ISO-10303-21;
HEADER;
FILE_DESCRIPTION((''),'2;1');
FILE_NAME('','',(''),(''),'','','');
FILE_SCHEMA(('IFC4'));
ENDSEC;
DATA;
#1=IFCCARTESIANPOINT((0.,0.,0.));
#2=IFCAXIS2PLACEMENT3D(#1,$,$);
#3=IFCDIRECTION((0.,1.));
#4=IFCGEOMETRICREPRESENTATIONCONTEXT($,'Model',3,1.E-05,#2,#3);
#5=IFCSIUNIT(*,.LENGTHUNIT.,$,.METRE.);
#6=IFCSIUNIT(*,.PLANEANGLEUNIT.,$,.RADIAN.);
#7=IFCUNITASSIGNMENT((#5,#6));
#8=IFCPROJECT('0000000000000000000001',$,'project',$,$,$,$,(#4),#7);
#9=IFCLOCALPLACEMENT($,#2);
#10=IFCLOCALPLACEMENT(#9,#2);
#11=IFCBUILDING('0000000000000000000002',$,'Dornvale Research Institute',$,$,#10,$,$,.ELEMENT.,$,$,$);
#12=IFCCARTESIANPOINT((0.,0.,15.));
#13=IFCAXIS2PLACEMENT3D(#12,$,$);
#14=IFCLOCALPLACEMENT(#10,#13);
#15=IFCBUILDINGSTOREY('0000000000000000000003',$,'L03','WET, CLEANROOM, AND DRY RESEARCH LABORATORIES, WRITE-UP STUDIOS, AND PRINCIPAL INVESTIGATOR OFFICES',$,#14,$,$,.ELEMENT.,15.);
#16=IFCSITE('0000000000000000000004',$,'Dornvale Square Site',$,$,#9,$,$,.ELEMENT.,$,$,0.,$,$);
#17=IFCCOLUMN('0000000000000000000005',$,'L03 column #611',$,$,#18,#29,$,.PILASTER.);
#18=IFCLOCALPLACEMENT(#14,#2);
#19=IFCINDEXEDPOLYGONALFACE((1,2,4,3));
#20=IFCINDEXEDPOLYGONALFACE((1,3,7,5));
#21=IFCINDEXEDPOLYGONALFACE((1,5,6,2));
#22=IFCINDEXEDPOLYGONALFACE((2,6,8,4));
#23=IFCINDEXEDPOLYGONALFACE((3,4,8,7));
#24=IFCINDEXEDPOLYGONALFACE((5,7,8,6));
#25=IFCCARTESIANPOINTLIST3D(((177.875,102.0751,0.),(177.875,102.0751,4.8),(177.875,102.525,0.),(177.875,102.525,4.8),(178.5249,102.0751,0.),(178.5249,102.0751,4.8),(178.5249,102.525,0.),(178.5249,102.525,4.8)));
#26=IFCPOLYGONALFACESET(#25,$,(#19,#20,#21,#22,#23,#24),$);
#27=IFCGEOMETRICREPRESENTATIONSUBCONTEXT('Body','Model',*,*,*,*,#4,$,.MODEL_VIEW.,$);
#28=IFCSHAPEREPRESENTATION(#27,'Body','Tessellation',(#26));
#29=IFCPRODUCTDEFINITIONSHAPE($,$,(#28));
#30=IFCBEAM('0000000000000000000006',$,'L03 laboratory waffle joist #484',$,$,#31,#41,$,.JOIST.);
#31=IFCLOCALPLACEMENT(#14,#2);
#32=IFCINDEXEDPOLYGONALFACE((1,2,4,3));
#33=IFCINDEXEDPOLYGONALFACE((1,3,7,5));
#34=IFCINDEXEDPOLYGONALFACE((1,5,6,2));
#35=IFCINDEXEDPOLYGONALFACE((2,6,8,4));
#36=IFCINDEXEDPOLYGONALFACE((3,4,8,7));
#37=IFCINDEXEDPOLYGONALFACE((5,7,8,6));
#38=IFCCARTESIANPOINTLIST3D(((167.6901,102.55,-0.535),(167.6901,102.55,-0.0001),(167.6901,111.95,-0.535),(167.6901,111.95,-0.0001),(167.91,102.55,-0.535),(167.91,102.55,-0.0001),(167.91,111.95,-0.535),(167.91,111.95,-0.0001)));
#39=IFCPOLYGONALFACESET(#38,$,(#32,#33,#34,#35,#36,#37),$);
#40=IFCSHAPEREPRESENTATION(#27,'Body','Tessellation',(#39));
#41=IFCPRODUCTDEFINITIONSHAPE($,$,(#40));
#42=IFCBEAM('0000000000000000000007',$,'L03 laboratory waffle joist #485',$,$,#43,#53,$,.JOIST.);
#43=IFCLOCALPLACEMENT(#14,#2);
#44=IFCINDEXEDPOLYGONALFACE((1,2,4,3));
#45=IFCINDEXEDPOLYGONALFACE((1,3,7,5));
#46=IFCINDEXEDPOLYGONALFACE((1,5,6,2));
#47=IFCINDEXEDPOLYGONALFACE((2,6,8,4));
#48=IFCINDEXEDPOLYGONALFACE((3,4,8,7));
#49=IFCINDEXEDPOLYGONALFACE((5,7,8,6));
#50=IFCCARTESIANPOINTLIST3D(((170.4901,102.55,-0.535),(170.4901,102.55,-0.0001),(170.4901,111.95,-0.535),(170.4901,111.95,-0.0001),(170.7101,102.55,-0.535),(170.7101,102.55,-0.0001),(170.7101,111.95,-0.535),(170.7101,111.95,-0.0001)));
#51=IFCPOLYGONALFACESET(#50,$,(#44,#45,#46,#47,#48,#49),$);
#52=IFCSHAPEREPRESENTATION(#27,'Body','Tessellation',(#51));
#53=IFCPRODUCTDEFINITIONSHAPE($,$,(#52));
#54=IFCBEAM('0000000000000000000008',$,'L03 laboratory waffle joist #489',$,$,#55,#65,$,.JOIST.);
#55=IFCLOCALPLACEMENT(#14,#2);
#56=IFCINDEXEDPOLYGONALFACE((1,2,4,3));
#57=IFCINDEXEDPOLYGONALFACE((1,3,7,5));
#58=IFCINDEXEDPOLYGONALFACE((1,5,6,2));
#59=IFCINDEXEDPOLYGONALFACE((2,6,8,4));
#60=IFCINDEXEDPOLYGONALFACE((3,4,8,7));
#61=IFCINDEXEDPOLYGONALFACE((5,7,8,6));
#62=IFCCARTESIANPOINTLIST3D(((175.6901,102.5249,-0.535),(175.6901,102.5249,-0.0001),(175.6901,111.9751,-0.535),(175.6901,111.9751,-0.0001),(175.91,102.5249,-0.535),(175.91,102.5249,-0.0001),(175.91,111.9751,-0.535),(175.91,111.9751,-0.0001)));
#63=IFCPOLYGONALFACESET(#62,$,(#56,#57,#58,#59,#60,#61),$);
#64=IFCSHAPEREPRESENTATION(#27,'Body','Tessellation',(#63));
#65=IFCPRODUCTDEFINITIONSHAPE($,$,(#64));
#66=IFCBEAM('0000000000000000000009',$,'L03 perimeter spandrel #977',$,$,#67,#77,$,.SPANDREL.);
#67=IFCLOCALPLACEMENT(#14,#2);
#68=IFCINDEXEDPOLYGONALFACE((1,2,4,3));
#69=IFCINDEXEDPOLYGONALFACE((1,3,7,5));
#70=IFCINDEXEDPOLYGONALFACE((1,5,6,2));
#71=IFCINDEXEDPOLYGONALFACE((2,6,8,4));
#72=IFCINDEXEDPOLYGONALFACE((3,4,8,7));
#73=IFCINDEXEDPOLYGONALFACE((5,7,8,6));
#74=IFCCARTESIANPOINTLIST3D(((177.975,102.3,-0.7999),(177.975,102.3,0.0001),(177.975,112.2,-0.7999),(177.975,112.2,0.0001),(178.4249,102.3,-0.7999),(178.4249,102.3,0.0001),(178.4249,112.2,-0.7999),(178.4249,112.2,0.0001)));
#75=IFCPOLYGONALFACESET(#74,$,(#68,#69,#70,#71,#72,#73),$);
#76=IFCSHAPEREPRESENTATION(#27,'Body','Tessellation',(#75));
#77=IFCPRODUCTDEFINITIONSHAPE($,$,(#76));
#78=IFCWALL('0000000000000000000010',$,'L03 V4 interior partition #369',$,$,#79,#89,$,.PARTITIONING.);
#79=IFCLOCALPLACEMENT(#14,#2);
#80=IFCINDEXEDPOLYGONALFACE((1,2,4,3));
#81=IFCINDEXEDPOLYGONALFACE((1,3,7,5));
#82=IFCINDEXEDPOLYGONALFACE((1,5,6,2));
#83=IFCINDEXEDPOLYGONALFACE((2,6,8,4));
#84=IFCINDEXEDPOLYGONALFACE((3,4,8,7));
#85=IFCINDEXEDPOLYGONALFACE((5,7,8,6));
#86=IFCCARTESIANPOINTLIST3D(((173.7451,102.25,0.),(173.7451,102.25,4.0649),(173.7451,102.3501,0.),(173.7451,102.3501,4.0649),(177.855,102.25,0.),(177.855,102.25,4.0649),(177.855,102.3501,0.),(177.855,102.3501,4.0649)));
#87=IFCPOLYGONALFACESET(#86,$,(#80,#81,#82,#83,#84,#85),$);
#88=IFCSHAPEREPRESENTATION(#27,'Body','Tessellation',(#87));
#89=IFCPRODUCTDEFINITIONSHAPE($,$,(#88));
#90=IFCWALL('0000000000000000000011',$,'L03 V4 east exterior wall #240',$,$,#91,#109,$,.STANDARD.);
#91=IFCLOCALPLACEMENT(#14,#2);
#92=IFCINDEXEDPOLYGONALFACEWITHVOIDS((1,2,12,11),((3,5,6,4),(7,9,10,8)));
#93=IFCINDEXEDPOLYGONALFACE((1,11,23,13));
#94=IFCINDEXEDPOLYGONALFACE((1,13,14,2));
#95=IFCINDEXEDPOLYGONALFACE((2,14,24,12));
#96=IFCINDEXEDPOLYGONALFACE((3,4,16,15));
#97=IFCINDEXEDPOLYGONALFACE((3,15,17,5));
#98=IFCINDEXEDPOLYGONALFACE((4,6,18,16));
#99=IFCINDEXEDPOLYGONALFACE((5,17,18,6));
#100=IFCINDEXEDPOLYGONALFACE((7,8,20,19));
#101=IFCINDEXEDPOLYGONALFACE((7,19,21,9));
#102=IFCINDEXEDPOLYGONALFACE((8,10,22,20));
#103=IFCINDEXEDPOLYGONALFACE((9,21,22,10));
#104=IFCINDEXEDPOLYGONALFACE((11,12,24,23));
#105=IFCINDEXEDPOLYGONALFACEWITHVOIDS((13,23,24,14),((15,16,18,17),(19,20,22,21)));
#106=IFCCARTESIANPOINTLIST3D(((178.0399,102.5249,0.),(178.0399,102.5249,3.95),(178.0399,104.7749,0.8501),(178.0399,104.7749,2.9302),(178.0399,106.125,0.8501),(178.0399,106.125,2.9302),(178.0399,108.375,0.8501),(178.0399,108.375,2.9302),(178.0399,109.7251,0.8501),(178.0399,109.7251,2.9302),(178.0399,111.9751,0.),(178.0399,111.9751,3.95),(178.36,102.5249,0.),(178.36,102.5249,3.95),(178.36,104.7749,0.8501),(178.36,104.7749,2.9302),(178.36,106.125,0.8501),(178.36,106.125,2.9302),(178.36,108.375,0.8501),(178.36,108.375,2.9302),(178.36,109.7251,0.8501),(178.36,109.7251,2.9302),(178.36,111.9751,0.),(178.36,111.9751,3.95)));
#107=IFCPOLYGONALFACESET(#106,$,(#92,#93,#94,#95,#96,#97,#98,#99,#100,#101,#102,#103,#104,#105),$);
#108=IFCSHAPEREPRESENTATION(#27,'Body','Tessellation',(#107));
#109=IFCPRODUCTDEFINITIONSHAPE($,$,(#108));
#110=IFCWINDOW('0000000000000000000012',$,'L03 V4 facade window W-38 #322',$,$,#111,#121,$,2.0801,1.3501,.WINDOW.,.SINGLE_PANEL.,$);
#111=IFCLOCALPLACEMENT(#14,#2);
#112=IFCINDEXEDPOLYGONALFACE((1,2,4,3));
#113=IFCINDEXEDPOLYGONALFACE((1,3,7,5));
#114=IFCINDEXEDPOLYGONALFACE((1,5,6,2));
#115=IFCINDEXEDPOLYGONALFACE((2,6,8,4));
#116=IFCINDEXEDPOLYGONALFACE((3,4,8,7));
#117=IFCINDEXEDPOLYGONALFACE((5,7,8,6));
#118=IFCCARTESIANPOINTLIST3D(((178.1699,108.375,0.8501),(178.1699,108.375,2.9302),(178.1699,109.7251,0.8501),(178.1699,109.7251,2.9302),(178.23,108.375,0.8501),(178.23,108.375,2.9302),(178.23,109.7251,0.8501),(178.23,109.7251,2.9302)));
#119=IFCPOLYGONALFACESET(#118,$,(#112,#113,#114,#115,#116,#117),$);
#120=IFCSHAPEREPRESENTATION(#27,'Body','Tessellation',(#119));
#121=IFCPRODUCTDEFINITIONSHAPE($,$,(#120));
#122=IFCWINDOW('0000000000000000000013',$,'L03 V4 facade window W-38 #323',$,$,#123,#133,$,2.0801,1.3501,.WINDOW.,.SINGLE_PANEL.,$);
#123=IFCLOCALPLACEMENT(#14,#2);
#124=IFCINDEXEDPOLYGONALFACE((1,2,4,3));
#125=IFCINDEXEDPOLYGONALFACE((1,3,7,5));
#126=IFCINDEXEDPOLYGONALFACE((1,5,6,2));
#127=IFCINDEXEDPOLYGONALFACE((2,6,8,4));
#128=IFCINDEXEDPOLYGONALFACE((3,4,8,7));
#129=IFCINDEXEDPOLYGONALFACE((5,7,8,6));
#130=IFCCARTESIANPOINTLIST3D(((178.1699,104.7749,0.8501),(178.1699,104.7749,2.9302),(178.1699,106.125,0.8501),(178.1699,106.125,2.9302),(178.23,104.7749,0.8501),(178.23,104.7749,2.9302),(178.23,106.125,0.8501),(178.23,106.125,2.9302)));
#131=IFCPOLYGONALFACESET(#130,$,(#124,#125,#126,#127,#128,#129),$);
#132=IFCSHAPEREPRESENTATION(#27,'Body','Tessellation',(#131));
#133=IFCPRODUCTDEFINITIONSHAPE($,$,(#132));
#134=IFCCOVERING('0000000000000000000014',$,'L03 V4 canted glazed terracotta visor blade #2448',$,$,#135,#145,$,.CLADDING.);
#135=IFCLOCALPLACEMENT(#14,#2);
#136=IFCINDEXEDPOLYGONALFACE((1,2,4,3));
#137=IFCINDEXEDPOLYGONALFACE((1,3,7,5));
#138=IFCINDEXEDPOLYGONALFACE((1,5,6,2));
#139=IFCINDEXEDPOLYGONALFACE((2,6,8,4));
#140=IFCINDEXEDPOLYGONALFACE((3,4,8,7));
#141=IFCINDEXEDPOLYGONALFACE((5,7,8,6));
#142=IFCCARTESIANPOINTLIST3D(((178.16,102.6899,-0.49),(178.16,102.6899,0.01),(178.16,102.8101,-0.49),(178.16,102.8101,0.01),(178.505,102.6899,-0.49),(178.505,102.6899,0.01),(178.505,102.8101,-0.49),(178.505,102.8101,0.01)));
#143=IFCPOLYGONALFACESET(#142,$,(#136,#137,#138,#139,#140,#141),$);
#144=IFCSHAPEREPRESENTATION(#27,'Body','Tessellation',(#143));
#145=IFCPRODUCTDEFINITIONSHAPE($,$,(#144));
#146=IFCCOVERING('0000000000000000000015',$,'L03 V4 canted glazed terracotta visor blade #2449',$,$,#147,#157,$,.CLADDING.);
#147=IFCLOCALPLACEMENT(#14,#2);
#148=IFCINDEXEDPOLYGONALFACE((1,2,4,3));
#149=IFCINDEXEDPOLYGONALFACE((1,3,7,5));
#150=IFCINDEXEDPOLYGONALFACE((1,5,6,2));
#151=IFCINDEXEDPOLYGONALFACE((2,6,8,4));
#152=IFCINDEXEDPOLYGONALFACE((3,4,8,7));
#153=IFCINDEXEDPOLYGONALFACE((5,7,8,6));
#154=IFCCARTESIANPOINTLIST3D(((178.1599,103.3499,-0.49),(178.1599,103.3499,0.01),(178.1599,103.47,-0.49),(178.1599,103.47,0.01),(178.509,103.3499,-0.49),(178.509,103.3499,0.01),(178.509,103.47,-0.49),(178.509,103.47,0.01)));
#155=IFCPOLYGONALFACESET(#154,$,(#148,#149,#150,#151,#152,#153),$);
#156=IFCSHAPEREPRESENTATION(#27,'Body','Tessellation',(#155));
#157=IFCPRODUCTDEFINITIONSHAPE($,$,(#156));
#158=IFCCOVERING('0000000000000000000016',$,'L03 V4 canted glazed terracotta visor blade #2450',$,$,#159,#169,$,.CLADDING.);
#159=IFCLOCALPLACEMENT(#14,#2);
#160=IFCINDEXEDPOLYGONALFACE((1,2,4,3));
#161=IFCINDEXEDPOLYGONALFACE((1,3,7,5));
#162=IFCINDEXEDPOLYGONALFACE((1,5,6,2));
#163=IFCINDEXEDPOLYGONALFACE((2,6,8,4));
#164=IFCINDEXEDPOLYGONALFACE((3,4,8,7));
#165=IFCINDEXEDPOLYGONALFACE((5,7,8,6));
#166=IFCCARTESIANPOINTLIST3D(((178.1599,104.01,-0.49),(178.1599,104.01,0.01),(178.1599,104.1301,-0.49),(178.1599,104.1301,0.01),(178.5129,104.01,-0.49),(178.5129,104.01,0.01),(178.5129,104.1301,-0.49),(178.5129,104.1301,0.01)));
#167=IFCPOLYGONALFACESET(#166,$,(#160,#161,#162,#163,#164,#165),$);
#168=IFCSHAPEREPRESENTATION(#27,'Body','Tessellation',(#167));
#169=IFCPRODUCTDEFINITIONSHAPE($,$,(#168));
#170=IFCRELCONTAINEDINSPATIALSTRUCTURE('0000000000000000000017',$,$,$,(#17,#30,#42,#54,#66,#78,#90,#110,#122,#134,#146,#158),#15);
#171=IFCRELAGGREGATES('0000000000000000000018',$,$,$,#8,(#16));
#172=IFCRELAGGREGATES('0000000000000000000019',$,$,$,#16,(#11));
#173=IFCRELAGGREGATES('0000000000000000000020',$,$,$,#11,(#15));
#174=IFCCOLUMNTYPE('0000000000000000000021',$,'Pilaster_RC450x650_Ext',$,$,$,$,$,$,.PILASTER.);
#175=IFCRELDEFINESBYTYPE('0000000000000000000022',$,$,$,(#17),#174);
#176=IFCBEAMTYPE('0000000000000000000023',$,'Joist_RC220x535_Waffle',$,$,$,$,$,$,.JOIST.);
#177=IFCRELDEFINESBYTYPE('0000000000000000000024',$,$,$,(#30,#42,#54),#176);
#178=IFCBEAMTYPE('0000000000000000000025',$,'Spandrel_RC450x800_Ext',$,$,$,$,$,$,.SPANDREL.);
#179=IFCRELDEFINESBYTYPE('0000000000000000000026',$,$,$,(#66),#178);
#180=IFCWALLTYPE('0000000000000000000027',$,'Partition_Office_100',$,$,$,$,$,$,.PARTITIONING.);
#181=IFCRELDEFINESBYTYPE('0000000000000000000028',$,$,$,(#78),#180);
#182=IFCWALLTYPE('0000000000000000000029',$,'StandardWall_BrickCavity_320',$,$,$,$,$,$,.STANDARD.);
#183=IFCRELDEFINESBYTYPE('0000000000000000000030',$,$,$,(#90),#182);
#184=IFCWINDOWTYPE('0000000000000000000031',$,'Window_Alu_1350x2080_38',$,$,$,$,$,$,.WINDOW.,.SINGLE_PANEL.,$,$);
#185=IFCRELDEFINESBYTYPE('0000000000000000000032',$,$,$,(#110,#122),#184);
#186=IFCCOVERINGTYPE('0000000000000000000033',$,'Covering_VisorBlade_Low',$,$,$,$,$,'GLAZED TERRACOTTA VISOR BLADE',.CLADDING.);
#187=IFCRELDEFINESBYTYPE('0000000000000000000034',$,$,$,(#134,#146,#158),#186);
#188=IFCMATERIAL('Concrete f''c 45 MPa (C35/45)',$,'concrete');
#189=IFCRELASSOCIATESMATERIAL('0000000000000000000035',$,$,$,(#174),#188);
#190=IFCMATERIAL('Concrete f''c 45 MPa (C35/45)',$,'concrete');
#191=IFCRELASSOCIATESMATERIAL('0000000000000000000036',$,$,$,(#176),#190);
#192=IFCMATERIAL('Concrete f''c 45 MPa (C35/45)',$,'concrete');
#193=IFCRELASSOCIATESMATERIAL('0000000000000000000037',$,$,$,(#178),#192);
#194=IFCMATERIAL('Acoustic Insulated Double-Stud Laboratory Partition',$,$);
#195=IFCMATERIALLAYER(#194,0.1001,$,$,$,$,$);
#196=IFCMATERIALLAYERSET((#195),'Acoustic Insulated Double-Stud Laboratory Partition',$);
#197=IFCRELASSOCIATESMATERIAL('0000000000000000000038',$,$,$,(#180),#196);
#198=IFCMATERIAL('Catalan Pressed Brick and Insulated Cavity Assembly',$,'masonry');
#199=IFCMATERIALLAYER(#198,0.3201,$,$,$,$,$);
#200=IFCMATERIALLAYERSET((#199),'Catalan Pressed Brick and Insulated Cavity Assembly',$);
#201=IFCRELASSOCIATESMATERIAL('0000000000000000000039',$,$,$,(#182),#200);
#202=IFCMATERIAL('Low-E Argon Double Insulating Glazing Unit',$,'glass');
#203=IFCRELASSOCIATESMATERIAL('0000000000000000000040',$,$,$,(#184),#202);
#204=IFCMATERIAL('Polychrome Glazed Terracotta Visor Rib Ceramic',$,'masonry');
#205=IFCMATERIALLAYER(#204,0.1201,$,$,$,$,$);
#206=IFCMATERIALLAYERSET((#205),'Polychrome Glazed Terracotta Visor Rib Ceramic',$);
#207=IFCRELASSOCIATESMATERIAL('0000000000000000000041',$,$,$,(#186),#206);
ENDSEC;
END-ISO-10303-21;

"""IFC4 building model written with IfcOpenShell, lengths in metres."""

from ifc_helpers import new_model, si_unit, direction, frame, frame_2d, origin, origin_2d, place, context, subcontext, project, spatial, rectangle, extrude, material, layer, layer_set, material_profile, profile_set, type_object, element, fill, save


model = new_model("IFC4")

# Units and contexts
model_context = context("Model", 3, precision=1e-05, world=origin(), true_north=direction((0.0, 1.0)))
body_context = subcontext(model_context, "Body", "Model", "MODEL_VIEW")
ifc_project = project(units=[si_unit("LENGTHUNIT", "METRE"), si_unit("PLANEANGLEUNIT", "RADIAN")], contexts=[model_context])

# Site, building, storey
site_placement = place(None, origin())
site = spatial("IfcSite", under=ifc_project, at=site_placement, Name="Dornvale Square Site", CompositionType="ELEMENT", RefElevation=0.0)
building_placement = place(site_placement, origin())
building = spatial("IfcBuilding", under=site, at=building_placement, Name="Dornvale Research Institute", CompositionType="ELEMENT")
storey_placement = place(building_placement, frame((0.0, 0.0, 15.0)))
storey = spatial("IfcBuildingStorey", under=building, at=storey_placement, Name="L03", Description="WET, CLEANROOM, AND DRY RESEARCH LABORATORIES, WRITE-UP STUDIOS, AND PRINCIPAL INVESTIGATOR OFFICES", CompositionType="ELEMENT", Elevation=15.0)

# Column
ifc_material_1 = material(Name="Concrete f'c 45 MPa (C35/45)", Category="concrete")
ifc_material_profile_1 = material_profile(ifc_material_1, rectangle(XDim=0.45, YDim=0.6499, at=origin_2d()), Name="RC 450x650")
ifc_profile_set_1 = profile_set([ifc_material_profile_1], Name="Concrete f'c 45 MPa (C35/45)")
column_type = type_object("IfcColumnType", Name="Pilaster_RC450x650_Ext", PredefinedType="PILASTER", material=ifc_profile_set_1)
column_placement = place(storey_placement, frame((178.2, 102.3, 0.0), z_axis=(0.0, 0.0, 1.0), x_axis=(0.0, 1.0, 0.0)))
element("IfcColumn", 1, at=column_placement, inside=storey, type_object=column_type, Name="L03 column #611", PredefinedType="PILASTER", context=body_context, shape_type="SweptSolid", body=[
    extrude(rectangle(XDim=0.45, YDim=0.6499, at=origin_2d()), origin(), (0.0, 0.0, 1.0), 4.8),
])

# Beams
ifc_material_2 = material(Name="Concrete f'c 45 MPa (C35/45)", Category="concrete")
ifc_material_profile_2 = material_profile(ifc_material_2, rectangle(XDim=0.22, YDim=0.5349, at=origin_2d()), Name="RC 220x535")
ifc_profile_set_2 = profile_set([ifc_material_profile_2], Name="Concrete f'c 45 MPa (C35/45)")
beam_type_1 = type_object("IfcBeamType", Name="Joist_RC220x535_Waffle", PredefinedType="JOIST", material=ifc_profile_set_2)
for number, where, z_axis, x_axis, name in (
    (2, (167.8, 102.55, -0.2676), (0.0, 1.0, 0.0), (-1.0, 0.0, 0.0), "L03 laboratory waffle joist #484"),
    (3, (170.6001, 102.55, -0.2676), (0.0, 1.0, 0.0), (-1.0, 0.0, 0.0), "L03 laboratory waffle joist #485"),
):
    element("IfcBeam", number, at=place(storey_placement, frame(where, z_axis=z_axis, x_axis=x_axis)), inside=storey, type_object=beam_type_1, Name=name, PredefinedType="JOIST", context=body_context, shape_type="SweptSolid", body=[
        extrude(rectangle(XDim=0.22, YDim=0.5349, at=origin_2d()), origin(), (0.0, 0.0, 1.0), 9.3999),
    ])
beam_1_placement = place(storey_placement, frame((175.8, 102.5249, -0.2676), z_axis=(0.0, 1.0, 0.0), x_axis=(-1.0, 0.0, 0.0)))
element("IfcBeam", 4, at=beam_1_placement, inside=storey, type_object=beam_type_1, Name="L03 laboratory waffle joist #489", PredefinedType="JOIST", context=body_context, shape_type="SweptSolid", body=[
    extrude(rectangle(XDim=0.22, YDim=0.5349, at=origin_2d()), origin(), (0.0, 0.0, 1.0), 9.4502),
])
ifc_material_3 = material(Name="Concrete f'c 45 MPa (C35/45)", Category="concrete")
ifc_material_profile_3 = material_profile(ifc_material_3, rectangle(XDim=0.45, YDim=0.8, at=origin_2d()), Name="RC 450x800")
ifc_profile_set_3 = profile_set([ifc_material_profile_3], Name="Concrete f'c 45 MPa (C35/45)")
beam_type_2 = type_object("IfcBeamType", Name="Spandrel_RC450x800_Ext", PredefinedType="SPANDREL", material=ifc_profile_set_3)
beam_2_placement = place(storey_placement, frame((178.2, 102.3, -0.3999), z_axis=(0.0, 1.0, 0.0), x_axis=(-1.0, 0.0, 0.0)))
element("IfcBeam", 5, at=beam_2_placement, inside=storey, type_object=beam_type_2, Name="L03 perimeter spandrel #977", PredefinedType="SPANDREL", context=body_context, shape_type="SweptSolid", body=[
    extrude(rectangle(XDim=0.45, YDim=0.8, at=origin_2d()), origin(), (0.0, 0.0, 1.0), 9.8999),
])

# Wall
ifc_material_4 = material(Name="Acoustic Insulated Double-Stud Laboratory Partition")
ifc_layer_1 = layer(ifc_material_4, 0.1001)
ifc_layer_set_1 = layer_set([ifc_layer_1], Name="Acoustic Insulated Double-Stud Laboratory Partition")
wall_type_1 = type_object("IfcWallType", Name="Partition_Office_100", PredefinedType="PARTITIONING", material=ifc_layer_set_1)
wall_1_placement = place(storey_placement, frame((173.7451, 102.3, 0.0), z_axis=(0.0, 0.0, 1.0), x_axis=(1.0, 0.0, 0.0)))
element("IfcWall", 6, at=wall_1_placement, inside=storey, type_object=wall_type_1, Name="L03 V4 interior partition #369", PredefinedType="PARTITIONING", context=body_context, shape_type="SweptSolid", body=[
    extrude(rectangle(XDim=4.1099, YDim=0.1001, at=frame_2d((2.0549, 0.0))), origin(), (0.0, 0.0, 1.0), 4.0649),
])

# Wall, openings, windows
ifc_material_5 = material(Name="Catalan Pressed Brick and Insulated Cavity Assembly", Category="masonry")
ifc_layer_2 = layer(ifc_material_5, 0.3201)
ifc_layer_set_2 = layer_set([ifc_layer_2], Name="Catalan Pressed Brick and Insulated Cavity Assembly")
wall_type_2 = type_object("IfcWallType", Name="StandardWall_BrickCavity_320", PredefinedType="STANDARD", material=ifc_layer_set_2)
wall_2_placement = place(storey_placement, frame((178.2, 111.9751, 0.0), z_axis=(0.0, 0.0, 1.0), x_axis=(0.0, -1.0, 0.0)))
wall_2 = element("IfcWall", 7, at=wall_2_placement, inside=storey, type_object=wall_type_2, Name="L03 V4 east exterior wall #240", PredefinedType="STANDARD", context=body_context, shape_type="SweptSolid", body=[
    extrude(rectangle(XDim=9.4502, YDim=0.3201, at=frame_2d((4.7251, 0.0))), origin(), (0.0, 0.0, 1.0), 3.95),
])
opening_1_placement = place(wall_2_placement, frame((2.25, 0.0, 0.8501)))
opening_1 = element("IfcOpeningElement", 8, at=opening_1_placement, cuts=wall_2, PredefinedType="OPENING", context=body_context, shape_type="SweptSolid", body=[
    extrude(rectangle(XDim=1.3501, YDim=2.0801, at=frame_2d((0.675, 1.04))), frame((0.0, 0.175, 0.0), z_axis=(0.0, -1.0, 0.0), x_axis=(1.0, 0.0, 0.0)), (0.0, 0.0, 1.0), 0.3501),
])
opening_2_placement = place(wall_2_placement, frame((5.8501, 0.0, 0.8501)))
opening_2 = element("IfcOpeningElement", 9, at=opening_2_placement, cuts=wall_2, PredefinedType="OPENING", context=body_context, shape_type="SweptSolid", body=[
    extrude(rectangle(XDim=1.3501, YDim=2.0801, at=frame_2d((0.675, 1.04))), frame((0.0, 0.175, 0.0), z_axis=(0.0, -1.0, 0.0), x_axis=(1.0, 0.0, 0.0)), (0.0, 0.0, 1.0), 0.3501),
])
ifc_material_6 = material(Name="Low-E Argon Double Insulating Glazing Unit", Category="glass")
window_type = type_object("IfcWindowType", Name="Window_Alu_1350x2080_38", PartitioningType="SINGLE_PANEL", PredefinedType="WINDOW", material=ifc_material_6)
window_1_placement = place(opening_1_placement, origin())
window_1 = element("IfcWindow", 10, at=window_1_placement, inside=storey, type_object=window_type, Name="L03 V4 facade window W-38 #322", OverallHeight=2.0801, OverallWidth=1.3501, PartitioningType="SINGLE_PANEL", PredefinedType="WINDOW", context=body_context, shape_type="SweptSolid", body=[
    extrude(rectangle(XDim=1.3501, YDim=2.0801, at=frame_2d((0.675, 1.04))), frame((0.0, 0.03, 0.0), z_axis=(0.0, -1.0, 0.0), x_axis=(1.0, 0.0, 0.0)), (0.0, 0.0, 1.0), 0.0601),
])
fill(opening_1, window_1)
window_2_placement = place(opening_2_placement, origin())
window_2 = element("IfcWindow", 11, at=window_2_placement, inside=storey, type_object=window_type, Name="L03 V4 facade window W-38 #323", OverallHeight=2.0801, OverallWidth=1.3501, PartitioningType="SINGLE_PANEL", PredefinedType="WINDOW", context=body_context, shape_type="SweptSolid", body=[
    extrude(rectangle(XDim=1.3501, YDim=2.0801, at=frame_2d((0.675, 1.04))), frame((0.0, 0.03, 0.0), z_axis=(0.0, -1.0, 0.0), x_axis=(1.0, 0.0, 0.0)), (0.0, 0.0, 1.0), 0.0601),
])
fill(opening_2, window_2)

# Coverings
ifc_material_7 = material(Name="Polychrome Glazed Terracotta Visor Rib Ceramic", Category="masonry")
ifc_layer_3 = layer(ifc_material_7, 0.1201)
ifc_layer_set_3 = layer_set([ifc_layer_3], Name="Polychrome Glazed Terracotta Visor Rib Ceramic")
covering_type = type_object("IfcCoveringType", Name="Covering_VisorBlade_Low", ElementType="GLAZED TERRACOTTA VISOR BLADE", PredefinedType="CLADDING", material=ifc_layer_set_3)
covering_1_placement = place(storey_placement, frame((178.3325, 102.75, -0.49), z_axis=(0.0, 0.0, 1.0), x_axis=(1.0, 0.0, 0.0)))
element("IfcCovering", 12, at=covering_1_placement, inside=storey, type_object=covering_type, Name="L03 V4 canted glazed terracotta visor blade #2448", PredefinedType="CLADDING", context=body_context, shape_type="SweptSolid", body=[
    extrude(rectangle(XDim=0.345, YDim=0.1201, at=origin_2d()), origin(), (0.0, 0.0, 1.0), 0.5),
])
covering_2_placement = place(storey_placement, frame((178.3345, 103.4099, -0.49), z_axis=(0.0, 0.0, 1.0), x_axis=(1.0, 0.0, 0.0)))
element("IfcCovering", 13, at=covering_2_placement, inside=storey, type_object=covering_type, Name="L03 V4 canted glazed terracotta visor blade #2449", PredefinedType="CLADDING", context=body_context, shape_type="SweptSolid", body=[
    extrude(rectangle(XDim=0.3491, YDim=0.1201, at=origin_2d()), origin(), (0.0, 0.0, 1.0), 0.5),
])
covering_3_placement = place(storey_placement, frame((178.3364, 104.0701, -0.49), z_axis=(0.0, 0.0, 1.0), x_axis=(1.0, 0.0, 0.0)))
element("IfcCovering", 14, at=covering_3_placement, inside=storey, type_object=covering_type, Name="L03 V4 canted glazed terracotta visor blade #2450", PredefinedType="CLADDING", context=body_context, shape_type="SweptSolid", body=[
    extrude(rectangle(XDim=0.353, YDim=0.1201, at=origin_2d()), origin(), (0.0, 0.0, 1.0), 0.5),
])

save(model, "model.ifc")
